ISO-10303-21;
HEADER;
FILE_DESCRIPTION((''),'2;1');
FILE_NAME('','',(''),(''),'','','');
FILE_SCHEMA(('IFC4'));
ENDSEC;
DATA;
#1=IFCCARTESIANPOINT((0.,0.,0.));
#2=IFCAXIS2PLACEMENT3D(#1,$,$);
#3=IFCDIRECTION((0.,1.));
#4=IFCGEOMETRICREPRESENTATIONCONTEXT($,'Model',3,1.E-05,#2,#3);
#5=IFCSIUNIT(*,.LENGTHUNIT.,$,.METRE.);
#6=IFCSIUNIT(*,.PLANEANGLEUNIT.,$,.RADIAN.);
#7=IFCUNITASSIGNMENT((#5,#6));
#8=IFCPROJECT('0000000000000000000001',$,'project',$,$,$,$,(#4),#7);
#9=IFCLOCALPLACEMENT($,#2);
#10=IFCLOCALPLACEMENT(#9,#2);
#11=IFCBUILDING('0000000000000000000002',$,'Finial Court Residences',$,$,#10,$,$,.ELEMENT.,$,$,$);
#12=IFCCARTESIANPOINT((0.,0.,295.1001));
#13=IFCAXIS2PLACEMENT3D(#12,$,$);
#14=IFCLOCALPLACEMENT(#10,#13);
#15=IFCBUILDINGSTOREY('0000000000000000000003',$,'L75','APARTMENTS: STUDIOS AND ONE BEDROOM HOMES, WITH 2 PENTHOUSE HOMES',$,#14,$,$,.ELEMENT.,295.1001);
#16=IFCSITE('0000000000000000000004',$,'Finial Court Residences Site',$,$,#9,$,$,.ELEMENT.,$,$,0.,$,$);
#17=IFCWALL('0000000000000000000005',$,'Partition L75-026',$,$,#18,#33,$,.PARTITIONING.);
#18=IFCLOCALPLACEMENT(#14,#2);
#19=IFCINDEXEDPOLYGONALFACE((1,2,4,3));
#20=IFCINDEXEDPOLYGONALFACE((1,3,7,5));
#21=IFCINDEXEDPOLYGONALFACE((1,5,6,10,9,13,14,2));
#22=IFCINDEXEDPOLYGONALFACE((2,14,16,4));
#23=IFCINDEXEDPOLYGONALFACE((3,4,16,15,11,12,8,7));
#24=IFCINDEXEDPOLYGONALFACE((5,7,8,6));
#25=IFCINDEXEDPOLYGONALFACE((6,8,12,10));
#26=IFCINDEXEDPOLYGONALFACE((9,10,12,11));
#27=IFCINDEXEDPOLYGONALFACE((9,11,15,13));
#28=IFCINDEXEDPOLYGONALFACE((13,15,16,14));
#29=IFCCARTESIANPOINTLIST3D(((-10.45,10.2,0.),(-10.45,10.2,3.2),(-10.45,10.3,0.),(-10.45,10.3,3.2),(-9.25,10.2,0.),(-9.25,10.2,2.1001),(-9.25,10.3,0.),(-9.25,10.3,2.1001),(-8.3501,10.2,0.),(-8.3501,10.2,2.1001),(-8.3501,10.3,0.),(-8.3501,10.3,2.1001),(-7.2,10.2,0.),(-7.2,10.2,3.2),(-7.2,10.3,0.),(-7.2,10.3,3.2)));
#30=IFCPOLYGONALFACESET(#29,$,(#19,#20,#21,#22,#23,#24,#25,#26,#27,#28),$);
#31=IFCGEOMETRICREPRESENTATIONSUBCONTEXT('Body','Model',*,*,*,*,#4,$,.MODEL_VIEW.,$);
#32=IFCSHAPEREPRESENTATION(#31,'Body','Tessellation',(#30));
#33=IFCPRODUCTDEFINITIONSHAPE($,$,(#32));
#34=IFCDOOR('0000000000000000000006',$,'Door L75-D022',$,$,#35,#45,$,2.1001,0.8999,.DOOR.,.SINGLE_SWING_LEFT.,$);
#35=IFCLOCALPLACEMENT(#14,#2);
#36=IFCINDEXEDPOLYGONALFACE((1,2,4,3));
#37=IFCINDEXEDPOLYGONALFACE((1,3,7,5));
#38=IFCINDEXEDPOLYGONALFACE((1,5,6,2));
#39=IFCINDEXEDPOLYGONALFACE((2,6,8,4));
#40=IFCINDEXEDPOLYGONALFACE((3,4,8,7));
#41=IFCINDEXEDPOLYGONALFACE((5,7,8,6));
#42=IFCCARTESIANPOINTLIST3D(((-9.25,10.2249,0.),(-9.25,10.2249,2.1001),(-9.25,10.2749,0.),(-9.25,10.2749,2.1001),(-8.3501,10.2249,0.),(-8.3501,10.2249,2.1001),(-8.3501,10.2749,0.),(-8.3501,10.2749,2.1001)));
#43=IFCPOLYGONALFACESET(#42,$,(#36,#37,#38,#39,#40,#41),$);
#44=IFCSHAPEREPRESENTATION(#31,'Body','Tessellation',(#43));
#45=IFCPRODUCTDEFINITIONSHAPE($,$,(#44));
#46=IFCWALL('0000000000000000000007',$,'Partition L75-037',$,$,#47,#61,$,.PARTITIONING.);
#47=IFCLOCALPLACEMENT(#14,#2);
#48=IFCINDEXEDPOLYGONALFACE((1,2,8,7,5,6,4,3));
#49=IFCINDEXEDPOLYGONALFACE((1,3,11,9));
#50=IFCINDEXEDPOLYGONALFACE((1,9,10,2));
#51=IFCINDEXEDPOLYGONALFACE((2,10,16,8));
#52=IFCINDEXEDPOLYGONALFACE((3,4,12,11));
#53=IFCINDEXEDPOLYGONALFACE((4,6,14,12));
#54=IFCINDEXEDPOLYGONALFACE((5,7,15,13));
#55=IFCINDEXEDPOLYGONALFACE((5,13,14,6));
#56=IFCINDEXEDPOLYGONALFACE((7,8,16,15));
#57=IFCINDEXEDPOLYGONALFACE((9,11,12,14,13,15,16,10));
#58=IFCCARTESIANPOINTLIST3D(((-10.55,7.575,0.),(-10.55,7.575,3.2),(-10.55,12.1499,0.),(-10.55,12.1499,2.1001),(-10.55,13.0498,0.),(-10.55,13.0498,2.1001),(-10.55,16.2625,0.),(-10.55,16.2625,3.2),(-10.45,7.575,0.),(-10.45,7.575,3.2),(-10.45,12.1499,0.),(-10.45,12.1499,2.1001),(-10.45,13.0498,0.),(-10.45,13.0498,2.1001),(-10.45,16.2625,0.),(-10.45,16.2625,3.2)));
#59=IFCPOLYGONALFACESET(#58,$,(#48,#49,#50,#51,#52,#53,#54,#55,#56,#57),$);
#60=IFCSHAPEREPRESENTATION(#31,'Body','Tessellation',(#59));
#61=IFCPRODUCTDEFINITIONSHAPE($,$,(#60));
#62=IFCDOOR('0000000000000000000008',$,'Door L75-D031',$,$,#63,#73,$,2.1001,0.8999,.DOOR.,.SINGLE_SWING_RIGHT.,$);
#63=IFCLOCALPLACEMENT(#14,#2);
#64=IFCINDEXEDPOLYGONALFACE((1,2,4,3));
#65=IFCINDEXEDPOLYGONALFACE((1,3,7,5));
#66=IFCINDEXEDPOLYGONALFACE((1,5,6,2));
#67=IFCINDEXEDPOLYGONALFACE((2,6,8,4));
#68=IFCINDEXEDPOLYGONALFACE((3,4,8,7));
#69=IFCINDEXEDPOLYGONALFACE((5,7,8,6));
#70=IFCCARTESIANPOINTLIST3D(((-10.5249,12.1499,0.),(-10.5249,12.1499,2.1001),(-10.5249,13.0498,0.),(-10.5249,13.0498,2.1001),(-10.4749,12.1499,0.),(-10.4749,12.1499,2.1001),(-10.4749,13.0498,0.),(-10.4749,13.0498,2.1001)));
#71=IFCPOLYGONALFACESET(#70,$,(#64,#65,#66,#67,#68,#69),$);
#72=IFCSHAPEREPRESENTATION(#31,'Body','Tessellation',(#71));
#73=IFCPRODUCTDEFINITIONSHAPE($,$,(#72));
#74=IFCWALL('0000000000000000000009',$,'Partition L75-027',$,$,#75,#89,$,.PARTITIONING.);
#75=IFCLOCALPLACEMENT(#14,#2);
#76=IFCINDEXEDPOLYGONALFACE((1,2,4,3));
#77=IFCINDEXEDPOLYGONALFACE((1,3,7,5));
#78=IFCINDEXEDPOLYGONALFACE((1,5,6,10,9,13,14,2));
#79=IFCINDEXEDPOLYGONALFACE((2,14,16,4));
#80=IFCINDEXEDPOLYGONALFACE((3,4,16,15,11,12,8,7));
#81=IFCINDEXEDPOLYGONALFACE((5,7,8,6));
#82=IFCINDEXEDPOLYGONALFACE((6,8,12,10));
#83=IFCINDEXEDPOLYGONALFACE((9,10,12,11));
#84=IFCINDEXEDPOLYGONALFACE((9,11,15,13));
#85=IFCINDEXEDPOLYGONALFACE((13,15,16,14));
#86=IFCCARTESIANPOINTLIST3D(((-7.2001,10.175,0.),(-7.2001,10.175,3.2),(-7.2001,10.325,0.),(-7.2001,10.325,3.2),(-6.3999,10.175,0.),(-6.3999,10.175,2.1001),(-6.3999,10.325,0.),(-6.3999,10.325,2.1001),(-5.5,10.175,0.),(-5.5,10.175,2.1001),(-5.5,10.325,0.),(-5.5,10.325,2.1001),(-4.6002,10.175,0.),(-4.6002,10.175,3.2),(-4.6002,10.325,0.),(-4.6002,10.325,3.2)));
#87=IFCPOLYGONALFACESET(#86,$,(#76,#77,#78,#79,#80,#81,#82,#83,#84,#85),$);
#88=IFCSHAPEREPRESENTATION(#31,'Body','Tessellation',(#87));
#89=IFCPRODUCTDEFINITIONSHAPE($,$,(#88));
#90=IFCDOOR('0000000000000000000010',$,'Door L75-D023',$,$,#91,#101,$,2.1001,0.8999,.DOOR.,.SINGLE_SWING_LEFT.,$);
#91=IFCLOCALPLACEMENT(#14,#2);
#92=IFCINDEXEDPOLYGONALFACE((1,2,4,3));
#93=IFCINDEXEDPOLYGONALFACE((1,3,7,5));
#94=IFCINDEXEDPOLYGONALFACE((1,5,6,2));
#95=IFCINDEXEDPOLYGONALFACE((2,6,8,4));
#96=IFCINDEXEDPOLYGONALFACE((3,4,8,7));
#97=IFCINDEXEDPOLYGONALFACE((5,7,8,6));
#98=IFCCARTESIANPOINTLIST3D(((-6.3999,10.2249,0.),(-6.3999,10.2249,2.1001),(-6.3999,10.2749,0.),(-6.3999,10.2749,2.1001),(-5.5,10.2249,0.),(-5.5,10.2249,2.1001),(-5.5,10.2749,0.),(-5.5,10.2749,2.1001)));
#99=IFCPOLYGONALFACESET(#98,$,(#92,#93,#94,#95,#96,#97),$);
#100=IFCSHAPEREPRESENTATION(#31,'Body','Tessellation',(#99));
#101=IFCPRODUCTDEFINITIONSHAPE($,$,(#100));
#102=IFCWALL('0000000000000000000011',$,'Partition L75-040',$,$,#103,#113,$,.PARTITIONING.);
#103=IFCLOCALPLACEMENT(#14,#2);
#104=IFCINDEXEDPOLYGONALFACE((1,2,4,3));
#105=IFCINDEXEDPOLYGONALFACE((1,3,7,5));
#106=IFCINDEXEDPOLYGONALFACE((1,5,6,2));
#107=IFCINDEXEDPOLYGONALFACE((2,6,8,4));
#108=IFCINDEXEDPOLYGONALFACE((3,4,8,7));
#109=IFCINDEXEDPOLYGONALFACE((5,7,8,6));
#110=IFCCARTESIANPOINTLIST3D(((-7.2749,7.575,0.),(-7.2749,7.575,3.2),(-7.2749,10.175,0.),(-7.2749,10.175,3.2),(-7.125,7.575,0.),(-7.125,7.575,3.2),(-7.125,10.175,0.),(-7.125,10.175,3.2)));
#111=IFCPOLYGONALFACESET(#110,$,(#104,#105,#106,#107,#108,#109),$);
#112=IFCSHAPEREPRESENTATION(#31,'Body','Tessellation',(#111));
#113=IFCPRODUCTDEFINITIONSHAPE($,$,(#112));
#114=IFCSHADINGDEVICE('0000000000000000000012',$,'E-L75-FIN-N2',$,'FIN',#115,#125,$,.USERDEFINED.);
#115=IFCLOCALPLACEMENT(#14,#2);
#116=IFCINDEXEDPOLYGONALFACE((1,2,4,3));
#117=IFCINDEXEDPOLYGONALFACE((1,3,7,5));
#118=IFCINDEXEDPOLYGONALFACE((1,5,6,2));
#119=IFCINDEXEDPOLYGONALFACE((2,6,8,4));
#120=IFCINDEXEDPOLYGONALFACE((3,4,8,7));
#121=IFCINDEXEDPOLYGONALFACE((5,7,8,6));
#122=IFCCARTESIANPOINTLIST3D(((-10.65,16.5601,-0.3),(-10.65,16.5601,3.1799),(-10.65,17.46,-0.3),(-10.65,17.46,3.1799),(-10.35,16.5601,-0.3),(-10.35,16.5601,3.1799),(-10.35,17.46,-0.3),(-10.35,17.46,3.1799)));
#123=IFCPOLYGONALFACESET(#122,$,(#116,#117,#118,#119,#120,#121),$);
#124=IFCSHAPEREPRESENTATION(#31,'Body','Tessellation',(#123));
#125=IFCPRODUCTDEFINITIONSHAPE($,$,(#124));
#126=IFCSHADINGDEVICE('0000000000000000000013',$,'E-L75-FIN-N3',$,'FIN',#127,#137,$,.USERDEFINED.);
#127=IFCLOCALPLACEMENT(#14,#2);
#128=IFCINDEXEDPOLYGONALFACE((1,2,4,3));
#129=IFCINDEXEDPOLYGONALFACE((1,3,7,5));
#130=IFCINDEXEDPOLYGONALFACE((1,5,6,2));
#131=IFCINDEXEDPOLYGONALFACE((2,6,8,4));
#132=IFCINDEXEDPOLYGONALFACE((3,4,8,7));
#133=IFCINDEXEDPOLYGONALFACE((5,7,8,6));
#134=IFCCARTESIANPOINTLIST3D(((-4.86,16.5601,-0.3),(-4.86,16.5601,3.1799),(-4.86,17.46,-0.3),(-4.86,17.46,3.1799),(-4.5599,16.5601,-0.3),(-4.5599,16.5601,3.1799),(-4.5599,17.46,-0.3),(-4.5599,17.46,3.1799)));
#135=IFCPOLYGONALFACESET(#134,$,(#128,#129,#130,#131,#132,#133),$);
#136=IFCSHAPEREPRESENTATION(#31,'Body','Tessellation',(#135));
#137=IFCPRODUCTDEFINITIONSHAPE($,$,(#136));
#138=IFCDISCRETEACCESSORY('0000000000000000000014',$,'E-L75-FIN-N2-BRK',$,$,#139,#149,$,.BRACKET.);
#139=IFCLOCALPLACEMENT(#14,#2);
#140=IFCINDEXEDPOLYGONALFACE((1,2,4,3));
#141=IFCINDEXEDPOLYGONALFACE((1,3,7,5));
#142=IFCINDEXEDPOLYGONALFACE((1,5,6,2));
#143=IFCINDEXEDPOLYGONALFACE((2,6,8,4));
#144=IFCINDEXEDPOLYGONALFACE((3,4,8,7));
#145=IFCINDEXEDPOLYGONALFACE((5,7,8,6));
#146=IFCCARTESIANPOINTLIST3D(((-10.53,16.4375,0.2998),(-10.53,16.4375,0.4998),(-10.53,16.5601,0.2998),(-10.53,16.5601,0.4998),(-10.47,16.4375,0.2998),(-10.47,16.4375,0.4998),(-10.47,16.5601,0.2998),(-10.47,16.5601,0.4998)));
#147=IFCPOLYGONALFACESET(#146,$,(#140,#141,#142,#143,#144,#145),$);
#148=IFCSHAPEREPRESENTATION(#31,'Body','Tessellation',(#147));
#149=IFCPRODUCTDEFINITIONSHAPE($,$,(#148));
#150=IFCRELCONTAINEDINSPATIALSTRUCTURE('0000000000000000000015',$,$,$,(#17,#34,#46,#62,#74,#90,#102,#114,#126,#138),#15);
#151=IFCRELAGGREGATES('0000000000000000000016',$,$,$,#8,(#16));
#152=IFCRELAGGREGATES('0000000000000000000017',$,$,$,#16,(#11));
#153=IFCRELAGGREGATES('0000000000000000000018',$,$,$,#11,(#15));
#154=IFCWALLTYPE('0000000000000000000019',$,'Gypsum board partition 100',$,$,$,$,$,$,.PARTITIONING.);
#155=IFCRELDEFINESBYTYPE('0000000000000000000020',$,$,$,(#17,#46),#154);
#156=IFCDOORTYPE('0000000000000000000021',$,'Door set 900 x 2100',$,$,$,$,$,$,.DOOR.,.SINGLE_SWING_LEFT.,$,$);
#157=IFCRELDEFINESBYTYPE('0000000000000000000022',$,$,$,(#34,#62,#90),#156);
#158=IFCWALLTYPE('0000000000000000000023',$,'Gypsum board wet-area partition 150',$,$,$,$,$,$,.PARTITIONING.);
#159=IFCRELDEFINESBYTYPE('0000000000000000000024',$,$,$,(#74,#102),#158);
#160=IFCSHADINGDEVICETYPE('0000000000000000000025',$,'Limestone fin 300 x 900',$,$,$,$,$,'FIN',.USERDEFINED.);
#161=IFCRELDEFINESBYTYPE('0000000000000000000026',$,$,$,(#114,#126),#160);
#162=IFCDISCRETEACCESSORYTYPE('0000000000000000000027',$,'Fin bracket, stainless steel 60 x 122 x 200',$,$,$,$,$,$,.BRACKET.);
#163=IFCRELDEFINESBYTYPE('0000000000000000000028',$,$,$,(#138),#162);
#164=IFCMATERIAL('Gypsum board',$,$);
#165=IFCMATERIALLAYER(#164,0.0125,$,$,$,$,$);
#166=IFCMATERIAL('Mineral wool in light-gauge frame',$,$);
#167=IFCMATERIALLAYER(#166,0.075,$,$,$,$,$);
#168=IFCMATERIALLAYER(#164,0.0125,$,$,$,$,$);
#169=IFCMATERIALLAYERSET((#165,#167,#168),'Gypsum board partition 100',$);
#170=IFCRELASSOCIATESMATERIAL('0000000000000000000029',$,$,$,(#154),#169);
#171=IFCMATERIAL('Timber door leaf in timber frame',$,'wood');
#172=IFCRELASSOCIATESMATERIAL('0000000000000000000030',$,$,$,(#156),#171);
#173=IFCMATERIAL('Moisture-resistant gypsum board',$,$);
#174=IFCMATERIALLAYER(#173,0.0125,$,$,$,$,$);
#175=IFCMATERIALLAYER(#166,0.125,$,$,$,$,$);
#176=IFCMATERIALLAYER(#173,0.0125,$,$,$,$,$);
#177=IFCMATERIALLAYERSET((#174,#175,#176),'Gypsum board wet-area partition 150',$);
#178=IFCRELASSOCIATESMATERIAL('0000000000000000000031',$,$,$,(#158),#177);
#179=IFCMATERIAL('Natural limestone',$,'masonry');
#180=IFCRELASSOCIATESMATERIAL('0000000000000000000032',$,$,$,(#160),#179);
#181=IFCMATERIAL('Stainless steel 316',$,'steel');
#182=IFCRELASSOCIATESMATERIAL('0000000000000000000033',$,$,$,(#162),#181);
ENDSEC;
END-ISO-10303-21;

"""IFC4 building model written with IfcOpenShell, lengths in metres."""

from ifc_helpers import new_model, si_unit, direction, frame, frame_2d, origin, origin_2d, place, context, subcontext, project, spatial, rectangle, extrude, material, layer, layer_set, type_object, element, fill, save


model = new_model("IFC4")

# Units and contexts
model_context = context("Model", 3, precision=1e-05, world=origin(), true_north=direction((0.0, 1.0)))
body_context = subcontext(model_context, "Body", "Model", "MODEL_VIEW")
ifc_project = project(units=[si_unit("LENGTHUNIT", "METRE"), si_unit("PLANEANGLEUNIT", "RADIAN")], contexts=[model_context])

# Site, building, storey
site_placement = place(None, origin())
site = spatial("IfcSite", under=ifc_project, at=site_placement, Name="Finial Court Residences Site", CompositionType="ELEMENT", RefElevation=0.0)
building_placement = place(site_placement, origin())
building = spatial("IfcBuilding", under=site, at=building_placement, Name="Finial Court Residences", CompositionType="ELEMENT")
storey_placement = place(building_placement, frame((0.0, 0.0, 295.1001)))
storey = spatial("IfcBuildingStorey", under=building, at=storey_placement, Name="L75", Description="APARTMENTS: STUDIOS AND ONE BEDROOM HOMES, WITH 2 PENTHOUSE HOMES", CompositionType="ELEMENT", Elevation=295.1001)

# Shared definitions
ifc_material_1 = material(Name="Gypsum board")

# Walls, openings, doors
ifc_layer_1 = layer(ifc_material_1, 0.0125)
ifc_material_2 = material(Name="Mineral wool in light-gauge frame")
ifc_layer_2 = layer(ifc_material_2, 0.075)
ifc_layer_3 = layer(ifc_material_1, 0.0125)
ifc_layer_set_1 = layer_set([ifc_layer_1, ifc_layer_2, ifc_layer_3], Name="Gypsum board partition 100")
wall_type_1 = type_object("IfcWallType", Name="Gypsum board partition 100", PredefinedType="PARTITIONING", material=ifc_layer_set_1)
ifc_material_3 = material(Name="Timber door leaf in timber frame", Category="wood")
door_type = type_object("IfcDoorType", Name="Door set 900 x 2100", OperationType="SINGLE_SWING_LEFT", PredefinedType="DOOR", material=ifc_material_3)
wall_1_placement = place(storey_placement, frame((-10.45, 10.25, 0.0), z_axis=(0.0, 0.0, 1.0), x_axis=(1.0, 0.0, 0.0)))
wall_1 = element("IfcWall", 1, at=wall_1_placement, inside=storey, type_object=wall_type_1, Name="Partition L75-026", PredefinedType="PARTITIONING", context=body_context, shape_type="SweptSolid", body=[
    extrude(rectangle(XDim=3.25, YDim=0.1001, at=frame_2d((1.625, 0.0))), origin(), (0.0, 0.0, 1.0), 3.2),
])
opening_1_placement = place(wall_1_placement, frame((1.2, 0.0, 0.0)))
opening_1 = element("IfcOpeningElement", 2, at=opening_1_placement, cuts=wall_1, PredefinedType="OPENING", context=body_context, shape_type="SweptSolid", body=[
    extrude(rectangle(XDim=0.8999, YDim=2.1001, at=frame_2d((0.45, 1.05))), frame((0.0, 0.0601, 0.0), z_axis=(0.0, -1.0, 0.0), x_axis=(1.0, 0.0, 0.0)), (0.0, 0.0, 1.0), 0.1201),
])
door_1_placement = place(opening_1_placement, origin())
door_1 = element("IfcDoor", 3, at=door_1_placement, inside=storey, type_object=door_type, Name="Door L75-D022", OperationType="SINGLE_SWING_LEFT", OverallHeight=2.1001, OverallWidth=0.8999, PredefinedType="DOOR", context=body_context, shape_type="SweptSolid", body=[
    extrude(rectangle(XDim=0.8999, YDim=2.1001, at=frame_2d((0.45, 1.05))), frame((0.0, 0.0249, 0.0), z_axis=(0.0, -1.0, 0.0), x_axis=(1.0, 0.0, 0.0)), (0.0, 0.0, 1.0), 0.05),
])
fill(opening_1, door_1)
wall_2_placement = place(storey_placement, frame((-10.5, 7.575, 0.0), z_axis=(0.0, 0.0, 1.0), x_axis=(0.0, 1.0, 0.0)))
wall_2 = element("IfcWall", 4, at=wall_2_placement, inside=storey, type_object=wall_type_1, Name="Partition L75-037", PredefinedType="PARTITIONING", context=body_context, shape_type="SweptSolid", body=[
    extrude(rectangle(XDim=8.6875, YDim=0.1001, at=frame_2d((4.3438, 0.0))), origin(), (0.0, 0.0, 1.0), 3.2),
])
opening_2_placement = place(wall_2_placement, frame((4.575, 0.0, 0.0)))
opening_2 = element("IfcOpeningElement", 5, at=opening_2_placement, cuts=wall_2, PredefinedType="OPENING", context=body_context, shape_type="SweptSolid", body=[
    extrude(rectangle(XDim=0.8999, YDim=2.1001, at=frame_2d((0.45, 1.05))), frame((0.0, 0.0601, 0.0), z_axis=(0.0, -1.0, 0.0), x_axis=(1.0, 0.0, 0.0)), (0.0, 0.0, 1.0), 0.1201),
])
door_2_placement = place(opening_2_placement, origin())
door_2 = element("IfcDoor", 6, at=door_2_placement, inside=storey, type_object=door_type, Name="Door L75-D031", OperationType="SINGLE_SWING_RIGHT", OverallHeight=2.1001, OverallWidth=0.8999, PredefinedType="DOOR", context=body_context, shape_type="SweptSolid", body=[
    extrude(rectangle(XDim=0.8999, YDim=2.1001, at=frame_2d((0.45, 1.05))), frame((0.0, 0.0249, 0.0), z_axis=(0.0, -1.0, 0.0), x_axis=(1.0, 0.0, 0.0)), (0.0, 0.0, 1.0), 0.05),
])
fill(opening_2, door_2)
ifc_material_4 = material(Name="Moisture-resistant gypsum board")
ifc_layer_4 = layer(ifc_material_4, 0.0125)
ifc_layer_5 = layer(ifc_material_2, 0.125)
ifc_layer_6 = layer(ifc_material_4, 0.0125)
ifc_layer_set_2 = layer_set([ifc_layer_4, ifc_layer_5, ifc_layer_6], Name="Gypsum board wet-area partition 150")
wall_type_2 = type_object("IfcWallType", Name="Gypsum board wet-area partition 150", PredefinedType="PARTITIONING", material=ifc_layer_set_2)
wall_3_placement = place(storey_placement, frame((-7.2, 10.25, 0.0), z_axis=(0.0, 0.0, 1.0), x_axis=(1.0, 0.0, 0.0)))
wall_3 = element("IfcWall", 7, at=wall_3_placement, inside=storey, type_object=wall_type_2, Name="Partition L75-027", PredefinedType="PARTITIONING", context=body_context, shape_type="SweptSolid", body=[
    extrude(rectangle(XDim=2.5999, YDim=0.1499, at=frame_2d((1.2998, 0.0))), origin(), (0.0, 0.0, 1.0), 3.2),
])
opening_3_placement = place(wall_3_placement, frame((0.8, 0.0, 0.0)))
opening_3 = element("IfcOpeningElement", 8, at=opening_3_placement, cuts=wall_3, PredefinedType="OPENING", context=body_context, shape_type="SweptSolid", body=[
    extrude(rectangle(XDim=0.8999, YDim=2.1001, at=frame_2d((0.45, 1.05))), frame((0.0, 0.085, 0.0), z_axis=(0.0, -1.0, 0.0), x_axis=(1.0, 0.0, 0.0)), (0.0, 0.0, 1.0), 0.1699),
])
door_3_placement = place(opening_3_placement, origin())
door_3 = element("IfcDoor", 9, at=door_3_placement, inside=storey, type_object=door_type, Name="Door L75-D023", OperationType="SINGLE_SWING_LEFT", OverallHeight=2.1001, OverallWidth=0.8999, PredefinedType="DOOR", context=body_context, shape_type="SweptSolid", body=[
    extrude(rectangle(XDim=0.8999, YDim=2.1001, at=frame_2d((0.45, 1.05))), frame((0.0, 0.0249, 0.0), z_axis=(0.0, -1.0, 0.0), x_axis=(1.0, 0.0, 0.0)), (0.0, 0.0, 1.0), 0.05),
])
fill(opening_3, door_3)

# Wall
wall_4_placement = place(storey_placement, frame((-7.2, 7.575, 0.0), z_axis=(0.0, 0.0, 1.0), x_axis=(0.0, 1.0, 0.0)))
element("IfcWall", 10, at=wall_4_placement, inside=storey, type_object=wall_type_2, Name="Partition L75-040", PredefinedType="PARTITIONING", context=body_context, shape_type="SweptSolid", body=[
    extrude(rectangle(XDim=2.6001, YDim=0.1499, at=frame_2d((1.3, 0.0))), origin(), (0.0, 0.0, 1.0), 3.2),
])

# Shading devices
ifc_material_5 = material(Name="Natural limestone", Category="masonry")
shading_device_type = type_object("IfcShadingDeviceType", Name="Limestone fin 300 x 900", ElementType="FIN", PredefinedType="USERDEFINED", material=ifc_material_5)
for number, where, z_axis, x_axis, name in (
    (11, (-10.5, 17.01, -0.3), (0.0, 0.0, 1.0), (1.0, 0.0, 0.0), "E-L75-FIN-N2"),
    (12, (-4.71, 17.01, -0.3), (0.0, 0.0, 1.0), (1.0, 0.0, 0.0), "E-L75-FIN-N3"),
):
    element("IfcShadingDevice", number, at=place(storey_placement, frame(where, z_axis=z_axis, x_axis=x_axis)), inside=storey, type_object=shading_device_type, Name=name, ObjectType="FIN", PredefinedType="USERDEFINED", context=body_context, shape_type="SweptSolid", body=[
        extrude(rectangle(XDim=0.3, YDim=0.8999, at=origin_2d()), origin(), (0.0, 0.0, 1.0), 3.48),
    ])

# Discrete accessory
ifc_material_6 = material(Name="Stainless steel 316", Category="steel")
discrete_accessory_type = type_object("IfcDiscreteAccessoryType", Name="Fin bracket, stainless steel 60 x 122 x 200", PredefinedType="BRACKET", material=ifc_material_6)
discrete_accessory_placement = place(storey_placement, frame((-10.5, 16.4988, 0.2998), z_axis=(0.0, 0.0, 1.0), x_axis=(1.0, 0.0, 0.0)))
element("IfcDiscreteAccessory", 13, at=discrete_accessory_placement, inside=storey, type_object=discrete_accessory_type, Name="E-L75-FIN-N2-BRK", PredefinedType="BRACKET", context=body_context, shape_type="SweptSolid", body=[
    extrude(rectangle(XDim=0.0601, YDim=0.1226, at=origin_2d()), origin(), (0.0, 0.0, 1.0), 0.2),
])

save(model, "model.ifc")
